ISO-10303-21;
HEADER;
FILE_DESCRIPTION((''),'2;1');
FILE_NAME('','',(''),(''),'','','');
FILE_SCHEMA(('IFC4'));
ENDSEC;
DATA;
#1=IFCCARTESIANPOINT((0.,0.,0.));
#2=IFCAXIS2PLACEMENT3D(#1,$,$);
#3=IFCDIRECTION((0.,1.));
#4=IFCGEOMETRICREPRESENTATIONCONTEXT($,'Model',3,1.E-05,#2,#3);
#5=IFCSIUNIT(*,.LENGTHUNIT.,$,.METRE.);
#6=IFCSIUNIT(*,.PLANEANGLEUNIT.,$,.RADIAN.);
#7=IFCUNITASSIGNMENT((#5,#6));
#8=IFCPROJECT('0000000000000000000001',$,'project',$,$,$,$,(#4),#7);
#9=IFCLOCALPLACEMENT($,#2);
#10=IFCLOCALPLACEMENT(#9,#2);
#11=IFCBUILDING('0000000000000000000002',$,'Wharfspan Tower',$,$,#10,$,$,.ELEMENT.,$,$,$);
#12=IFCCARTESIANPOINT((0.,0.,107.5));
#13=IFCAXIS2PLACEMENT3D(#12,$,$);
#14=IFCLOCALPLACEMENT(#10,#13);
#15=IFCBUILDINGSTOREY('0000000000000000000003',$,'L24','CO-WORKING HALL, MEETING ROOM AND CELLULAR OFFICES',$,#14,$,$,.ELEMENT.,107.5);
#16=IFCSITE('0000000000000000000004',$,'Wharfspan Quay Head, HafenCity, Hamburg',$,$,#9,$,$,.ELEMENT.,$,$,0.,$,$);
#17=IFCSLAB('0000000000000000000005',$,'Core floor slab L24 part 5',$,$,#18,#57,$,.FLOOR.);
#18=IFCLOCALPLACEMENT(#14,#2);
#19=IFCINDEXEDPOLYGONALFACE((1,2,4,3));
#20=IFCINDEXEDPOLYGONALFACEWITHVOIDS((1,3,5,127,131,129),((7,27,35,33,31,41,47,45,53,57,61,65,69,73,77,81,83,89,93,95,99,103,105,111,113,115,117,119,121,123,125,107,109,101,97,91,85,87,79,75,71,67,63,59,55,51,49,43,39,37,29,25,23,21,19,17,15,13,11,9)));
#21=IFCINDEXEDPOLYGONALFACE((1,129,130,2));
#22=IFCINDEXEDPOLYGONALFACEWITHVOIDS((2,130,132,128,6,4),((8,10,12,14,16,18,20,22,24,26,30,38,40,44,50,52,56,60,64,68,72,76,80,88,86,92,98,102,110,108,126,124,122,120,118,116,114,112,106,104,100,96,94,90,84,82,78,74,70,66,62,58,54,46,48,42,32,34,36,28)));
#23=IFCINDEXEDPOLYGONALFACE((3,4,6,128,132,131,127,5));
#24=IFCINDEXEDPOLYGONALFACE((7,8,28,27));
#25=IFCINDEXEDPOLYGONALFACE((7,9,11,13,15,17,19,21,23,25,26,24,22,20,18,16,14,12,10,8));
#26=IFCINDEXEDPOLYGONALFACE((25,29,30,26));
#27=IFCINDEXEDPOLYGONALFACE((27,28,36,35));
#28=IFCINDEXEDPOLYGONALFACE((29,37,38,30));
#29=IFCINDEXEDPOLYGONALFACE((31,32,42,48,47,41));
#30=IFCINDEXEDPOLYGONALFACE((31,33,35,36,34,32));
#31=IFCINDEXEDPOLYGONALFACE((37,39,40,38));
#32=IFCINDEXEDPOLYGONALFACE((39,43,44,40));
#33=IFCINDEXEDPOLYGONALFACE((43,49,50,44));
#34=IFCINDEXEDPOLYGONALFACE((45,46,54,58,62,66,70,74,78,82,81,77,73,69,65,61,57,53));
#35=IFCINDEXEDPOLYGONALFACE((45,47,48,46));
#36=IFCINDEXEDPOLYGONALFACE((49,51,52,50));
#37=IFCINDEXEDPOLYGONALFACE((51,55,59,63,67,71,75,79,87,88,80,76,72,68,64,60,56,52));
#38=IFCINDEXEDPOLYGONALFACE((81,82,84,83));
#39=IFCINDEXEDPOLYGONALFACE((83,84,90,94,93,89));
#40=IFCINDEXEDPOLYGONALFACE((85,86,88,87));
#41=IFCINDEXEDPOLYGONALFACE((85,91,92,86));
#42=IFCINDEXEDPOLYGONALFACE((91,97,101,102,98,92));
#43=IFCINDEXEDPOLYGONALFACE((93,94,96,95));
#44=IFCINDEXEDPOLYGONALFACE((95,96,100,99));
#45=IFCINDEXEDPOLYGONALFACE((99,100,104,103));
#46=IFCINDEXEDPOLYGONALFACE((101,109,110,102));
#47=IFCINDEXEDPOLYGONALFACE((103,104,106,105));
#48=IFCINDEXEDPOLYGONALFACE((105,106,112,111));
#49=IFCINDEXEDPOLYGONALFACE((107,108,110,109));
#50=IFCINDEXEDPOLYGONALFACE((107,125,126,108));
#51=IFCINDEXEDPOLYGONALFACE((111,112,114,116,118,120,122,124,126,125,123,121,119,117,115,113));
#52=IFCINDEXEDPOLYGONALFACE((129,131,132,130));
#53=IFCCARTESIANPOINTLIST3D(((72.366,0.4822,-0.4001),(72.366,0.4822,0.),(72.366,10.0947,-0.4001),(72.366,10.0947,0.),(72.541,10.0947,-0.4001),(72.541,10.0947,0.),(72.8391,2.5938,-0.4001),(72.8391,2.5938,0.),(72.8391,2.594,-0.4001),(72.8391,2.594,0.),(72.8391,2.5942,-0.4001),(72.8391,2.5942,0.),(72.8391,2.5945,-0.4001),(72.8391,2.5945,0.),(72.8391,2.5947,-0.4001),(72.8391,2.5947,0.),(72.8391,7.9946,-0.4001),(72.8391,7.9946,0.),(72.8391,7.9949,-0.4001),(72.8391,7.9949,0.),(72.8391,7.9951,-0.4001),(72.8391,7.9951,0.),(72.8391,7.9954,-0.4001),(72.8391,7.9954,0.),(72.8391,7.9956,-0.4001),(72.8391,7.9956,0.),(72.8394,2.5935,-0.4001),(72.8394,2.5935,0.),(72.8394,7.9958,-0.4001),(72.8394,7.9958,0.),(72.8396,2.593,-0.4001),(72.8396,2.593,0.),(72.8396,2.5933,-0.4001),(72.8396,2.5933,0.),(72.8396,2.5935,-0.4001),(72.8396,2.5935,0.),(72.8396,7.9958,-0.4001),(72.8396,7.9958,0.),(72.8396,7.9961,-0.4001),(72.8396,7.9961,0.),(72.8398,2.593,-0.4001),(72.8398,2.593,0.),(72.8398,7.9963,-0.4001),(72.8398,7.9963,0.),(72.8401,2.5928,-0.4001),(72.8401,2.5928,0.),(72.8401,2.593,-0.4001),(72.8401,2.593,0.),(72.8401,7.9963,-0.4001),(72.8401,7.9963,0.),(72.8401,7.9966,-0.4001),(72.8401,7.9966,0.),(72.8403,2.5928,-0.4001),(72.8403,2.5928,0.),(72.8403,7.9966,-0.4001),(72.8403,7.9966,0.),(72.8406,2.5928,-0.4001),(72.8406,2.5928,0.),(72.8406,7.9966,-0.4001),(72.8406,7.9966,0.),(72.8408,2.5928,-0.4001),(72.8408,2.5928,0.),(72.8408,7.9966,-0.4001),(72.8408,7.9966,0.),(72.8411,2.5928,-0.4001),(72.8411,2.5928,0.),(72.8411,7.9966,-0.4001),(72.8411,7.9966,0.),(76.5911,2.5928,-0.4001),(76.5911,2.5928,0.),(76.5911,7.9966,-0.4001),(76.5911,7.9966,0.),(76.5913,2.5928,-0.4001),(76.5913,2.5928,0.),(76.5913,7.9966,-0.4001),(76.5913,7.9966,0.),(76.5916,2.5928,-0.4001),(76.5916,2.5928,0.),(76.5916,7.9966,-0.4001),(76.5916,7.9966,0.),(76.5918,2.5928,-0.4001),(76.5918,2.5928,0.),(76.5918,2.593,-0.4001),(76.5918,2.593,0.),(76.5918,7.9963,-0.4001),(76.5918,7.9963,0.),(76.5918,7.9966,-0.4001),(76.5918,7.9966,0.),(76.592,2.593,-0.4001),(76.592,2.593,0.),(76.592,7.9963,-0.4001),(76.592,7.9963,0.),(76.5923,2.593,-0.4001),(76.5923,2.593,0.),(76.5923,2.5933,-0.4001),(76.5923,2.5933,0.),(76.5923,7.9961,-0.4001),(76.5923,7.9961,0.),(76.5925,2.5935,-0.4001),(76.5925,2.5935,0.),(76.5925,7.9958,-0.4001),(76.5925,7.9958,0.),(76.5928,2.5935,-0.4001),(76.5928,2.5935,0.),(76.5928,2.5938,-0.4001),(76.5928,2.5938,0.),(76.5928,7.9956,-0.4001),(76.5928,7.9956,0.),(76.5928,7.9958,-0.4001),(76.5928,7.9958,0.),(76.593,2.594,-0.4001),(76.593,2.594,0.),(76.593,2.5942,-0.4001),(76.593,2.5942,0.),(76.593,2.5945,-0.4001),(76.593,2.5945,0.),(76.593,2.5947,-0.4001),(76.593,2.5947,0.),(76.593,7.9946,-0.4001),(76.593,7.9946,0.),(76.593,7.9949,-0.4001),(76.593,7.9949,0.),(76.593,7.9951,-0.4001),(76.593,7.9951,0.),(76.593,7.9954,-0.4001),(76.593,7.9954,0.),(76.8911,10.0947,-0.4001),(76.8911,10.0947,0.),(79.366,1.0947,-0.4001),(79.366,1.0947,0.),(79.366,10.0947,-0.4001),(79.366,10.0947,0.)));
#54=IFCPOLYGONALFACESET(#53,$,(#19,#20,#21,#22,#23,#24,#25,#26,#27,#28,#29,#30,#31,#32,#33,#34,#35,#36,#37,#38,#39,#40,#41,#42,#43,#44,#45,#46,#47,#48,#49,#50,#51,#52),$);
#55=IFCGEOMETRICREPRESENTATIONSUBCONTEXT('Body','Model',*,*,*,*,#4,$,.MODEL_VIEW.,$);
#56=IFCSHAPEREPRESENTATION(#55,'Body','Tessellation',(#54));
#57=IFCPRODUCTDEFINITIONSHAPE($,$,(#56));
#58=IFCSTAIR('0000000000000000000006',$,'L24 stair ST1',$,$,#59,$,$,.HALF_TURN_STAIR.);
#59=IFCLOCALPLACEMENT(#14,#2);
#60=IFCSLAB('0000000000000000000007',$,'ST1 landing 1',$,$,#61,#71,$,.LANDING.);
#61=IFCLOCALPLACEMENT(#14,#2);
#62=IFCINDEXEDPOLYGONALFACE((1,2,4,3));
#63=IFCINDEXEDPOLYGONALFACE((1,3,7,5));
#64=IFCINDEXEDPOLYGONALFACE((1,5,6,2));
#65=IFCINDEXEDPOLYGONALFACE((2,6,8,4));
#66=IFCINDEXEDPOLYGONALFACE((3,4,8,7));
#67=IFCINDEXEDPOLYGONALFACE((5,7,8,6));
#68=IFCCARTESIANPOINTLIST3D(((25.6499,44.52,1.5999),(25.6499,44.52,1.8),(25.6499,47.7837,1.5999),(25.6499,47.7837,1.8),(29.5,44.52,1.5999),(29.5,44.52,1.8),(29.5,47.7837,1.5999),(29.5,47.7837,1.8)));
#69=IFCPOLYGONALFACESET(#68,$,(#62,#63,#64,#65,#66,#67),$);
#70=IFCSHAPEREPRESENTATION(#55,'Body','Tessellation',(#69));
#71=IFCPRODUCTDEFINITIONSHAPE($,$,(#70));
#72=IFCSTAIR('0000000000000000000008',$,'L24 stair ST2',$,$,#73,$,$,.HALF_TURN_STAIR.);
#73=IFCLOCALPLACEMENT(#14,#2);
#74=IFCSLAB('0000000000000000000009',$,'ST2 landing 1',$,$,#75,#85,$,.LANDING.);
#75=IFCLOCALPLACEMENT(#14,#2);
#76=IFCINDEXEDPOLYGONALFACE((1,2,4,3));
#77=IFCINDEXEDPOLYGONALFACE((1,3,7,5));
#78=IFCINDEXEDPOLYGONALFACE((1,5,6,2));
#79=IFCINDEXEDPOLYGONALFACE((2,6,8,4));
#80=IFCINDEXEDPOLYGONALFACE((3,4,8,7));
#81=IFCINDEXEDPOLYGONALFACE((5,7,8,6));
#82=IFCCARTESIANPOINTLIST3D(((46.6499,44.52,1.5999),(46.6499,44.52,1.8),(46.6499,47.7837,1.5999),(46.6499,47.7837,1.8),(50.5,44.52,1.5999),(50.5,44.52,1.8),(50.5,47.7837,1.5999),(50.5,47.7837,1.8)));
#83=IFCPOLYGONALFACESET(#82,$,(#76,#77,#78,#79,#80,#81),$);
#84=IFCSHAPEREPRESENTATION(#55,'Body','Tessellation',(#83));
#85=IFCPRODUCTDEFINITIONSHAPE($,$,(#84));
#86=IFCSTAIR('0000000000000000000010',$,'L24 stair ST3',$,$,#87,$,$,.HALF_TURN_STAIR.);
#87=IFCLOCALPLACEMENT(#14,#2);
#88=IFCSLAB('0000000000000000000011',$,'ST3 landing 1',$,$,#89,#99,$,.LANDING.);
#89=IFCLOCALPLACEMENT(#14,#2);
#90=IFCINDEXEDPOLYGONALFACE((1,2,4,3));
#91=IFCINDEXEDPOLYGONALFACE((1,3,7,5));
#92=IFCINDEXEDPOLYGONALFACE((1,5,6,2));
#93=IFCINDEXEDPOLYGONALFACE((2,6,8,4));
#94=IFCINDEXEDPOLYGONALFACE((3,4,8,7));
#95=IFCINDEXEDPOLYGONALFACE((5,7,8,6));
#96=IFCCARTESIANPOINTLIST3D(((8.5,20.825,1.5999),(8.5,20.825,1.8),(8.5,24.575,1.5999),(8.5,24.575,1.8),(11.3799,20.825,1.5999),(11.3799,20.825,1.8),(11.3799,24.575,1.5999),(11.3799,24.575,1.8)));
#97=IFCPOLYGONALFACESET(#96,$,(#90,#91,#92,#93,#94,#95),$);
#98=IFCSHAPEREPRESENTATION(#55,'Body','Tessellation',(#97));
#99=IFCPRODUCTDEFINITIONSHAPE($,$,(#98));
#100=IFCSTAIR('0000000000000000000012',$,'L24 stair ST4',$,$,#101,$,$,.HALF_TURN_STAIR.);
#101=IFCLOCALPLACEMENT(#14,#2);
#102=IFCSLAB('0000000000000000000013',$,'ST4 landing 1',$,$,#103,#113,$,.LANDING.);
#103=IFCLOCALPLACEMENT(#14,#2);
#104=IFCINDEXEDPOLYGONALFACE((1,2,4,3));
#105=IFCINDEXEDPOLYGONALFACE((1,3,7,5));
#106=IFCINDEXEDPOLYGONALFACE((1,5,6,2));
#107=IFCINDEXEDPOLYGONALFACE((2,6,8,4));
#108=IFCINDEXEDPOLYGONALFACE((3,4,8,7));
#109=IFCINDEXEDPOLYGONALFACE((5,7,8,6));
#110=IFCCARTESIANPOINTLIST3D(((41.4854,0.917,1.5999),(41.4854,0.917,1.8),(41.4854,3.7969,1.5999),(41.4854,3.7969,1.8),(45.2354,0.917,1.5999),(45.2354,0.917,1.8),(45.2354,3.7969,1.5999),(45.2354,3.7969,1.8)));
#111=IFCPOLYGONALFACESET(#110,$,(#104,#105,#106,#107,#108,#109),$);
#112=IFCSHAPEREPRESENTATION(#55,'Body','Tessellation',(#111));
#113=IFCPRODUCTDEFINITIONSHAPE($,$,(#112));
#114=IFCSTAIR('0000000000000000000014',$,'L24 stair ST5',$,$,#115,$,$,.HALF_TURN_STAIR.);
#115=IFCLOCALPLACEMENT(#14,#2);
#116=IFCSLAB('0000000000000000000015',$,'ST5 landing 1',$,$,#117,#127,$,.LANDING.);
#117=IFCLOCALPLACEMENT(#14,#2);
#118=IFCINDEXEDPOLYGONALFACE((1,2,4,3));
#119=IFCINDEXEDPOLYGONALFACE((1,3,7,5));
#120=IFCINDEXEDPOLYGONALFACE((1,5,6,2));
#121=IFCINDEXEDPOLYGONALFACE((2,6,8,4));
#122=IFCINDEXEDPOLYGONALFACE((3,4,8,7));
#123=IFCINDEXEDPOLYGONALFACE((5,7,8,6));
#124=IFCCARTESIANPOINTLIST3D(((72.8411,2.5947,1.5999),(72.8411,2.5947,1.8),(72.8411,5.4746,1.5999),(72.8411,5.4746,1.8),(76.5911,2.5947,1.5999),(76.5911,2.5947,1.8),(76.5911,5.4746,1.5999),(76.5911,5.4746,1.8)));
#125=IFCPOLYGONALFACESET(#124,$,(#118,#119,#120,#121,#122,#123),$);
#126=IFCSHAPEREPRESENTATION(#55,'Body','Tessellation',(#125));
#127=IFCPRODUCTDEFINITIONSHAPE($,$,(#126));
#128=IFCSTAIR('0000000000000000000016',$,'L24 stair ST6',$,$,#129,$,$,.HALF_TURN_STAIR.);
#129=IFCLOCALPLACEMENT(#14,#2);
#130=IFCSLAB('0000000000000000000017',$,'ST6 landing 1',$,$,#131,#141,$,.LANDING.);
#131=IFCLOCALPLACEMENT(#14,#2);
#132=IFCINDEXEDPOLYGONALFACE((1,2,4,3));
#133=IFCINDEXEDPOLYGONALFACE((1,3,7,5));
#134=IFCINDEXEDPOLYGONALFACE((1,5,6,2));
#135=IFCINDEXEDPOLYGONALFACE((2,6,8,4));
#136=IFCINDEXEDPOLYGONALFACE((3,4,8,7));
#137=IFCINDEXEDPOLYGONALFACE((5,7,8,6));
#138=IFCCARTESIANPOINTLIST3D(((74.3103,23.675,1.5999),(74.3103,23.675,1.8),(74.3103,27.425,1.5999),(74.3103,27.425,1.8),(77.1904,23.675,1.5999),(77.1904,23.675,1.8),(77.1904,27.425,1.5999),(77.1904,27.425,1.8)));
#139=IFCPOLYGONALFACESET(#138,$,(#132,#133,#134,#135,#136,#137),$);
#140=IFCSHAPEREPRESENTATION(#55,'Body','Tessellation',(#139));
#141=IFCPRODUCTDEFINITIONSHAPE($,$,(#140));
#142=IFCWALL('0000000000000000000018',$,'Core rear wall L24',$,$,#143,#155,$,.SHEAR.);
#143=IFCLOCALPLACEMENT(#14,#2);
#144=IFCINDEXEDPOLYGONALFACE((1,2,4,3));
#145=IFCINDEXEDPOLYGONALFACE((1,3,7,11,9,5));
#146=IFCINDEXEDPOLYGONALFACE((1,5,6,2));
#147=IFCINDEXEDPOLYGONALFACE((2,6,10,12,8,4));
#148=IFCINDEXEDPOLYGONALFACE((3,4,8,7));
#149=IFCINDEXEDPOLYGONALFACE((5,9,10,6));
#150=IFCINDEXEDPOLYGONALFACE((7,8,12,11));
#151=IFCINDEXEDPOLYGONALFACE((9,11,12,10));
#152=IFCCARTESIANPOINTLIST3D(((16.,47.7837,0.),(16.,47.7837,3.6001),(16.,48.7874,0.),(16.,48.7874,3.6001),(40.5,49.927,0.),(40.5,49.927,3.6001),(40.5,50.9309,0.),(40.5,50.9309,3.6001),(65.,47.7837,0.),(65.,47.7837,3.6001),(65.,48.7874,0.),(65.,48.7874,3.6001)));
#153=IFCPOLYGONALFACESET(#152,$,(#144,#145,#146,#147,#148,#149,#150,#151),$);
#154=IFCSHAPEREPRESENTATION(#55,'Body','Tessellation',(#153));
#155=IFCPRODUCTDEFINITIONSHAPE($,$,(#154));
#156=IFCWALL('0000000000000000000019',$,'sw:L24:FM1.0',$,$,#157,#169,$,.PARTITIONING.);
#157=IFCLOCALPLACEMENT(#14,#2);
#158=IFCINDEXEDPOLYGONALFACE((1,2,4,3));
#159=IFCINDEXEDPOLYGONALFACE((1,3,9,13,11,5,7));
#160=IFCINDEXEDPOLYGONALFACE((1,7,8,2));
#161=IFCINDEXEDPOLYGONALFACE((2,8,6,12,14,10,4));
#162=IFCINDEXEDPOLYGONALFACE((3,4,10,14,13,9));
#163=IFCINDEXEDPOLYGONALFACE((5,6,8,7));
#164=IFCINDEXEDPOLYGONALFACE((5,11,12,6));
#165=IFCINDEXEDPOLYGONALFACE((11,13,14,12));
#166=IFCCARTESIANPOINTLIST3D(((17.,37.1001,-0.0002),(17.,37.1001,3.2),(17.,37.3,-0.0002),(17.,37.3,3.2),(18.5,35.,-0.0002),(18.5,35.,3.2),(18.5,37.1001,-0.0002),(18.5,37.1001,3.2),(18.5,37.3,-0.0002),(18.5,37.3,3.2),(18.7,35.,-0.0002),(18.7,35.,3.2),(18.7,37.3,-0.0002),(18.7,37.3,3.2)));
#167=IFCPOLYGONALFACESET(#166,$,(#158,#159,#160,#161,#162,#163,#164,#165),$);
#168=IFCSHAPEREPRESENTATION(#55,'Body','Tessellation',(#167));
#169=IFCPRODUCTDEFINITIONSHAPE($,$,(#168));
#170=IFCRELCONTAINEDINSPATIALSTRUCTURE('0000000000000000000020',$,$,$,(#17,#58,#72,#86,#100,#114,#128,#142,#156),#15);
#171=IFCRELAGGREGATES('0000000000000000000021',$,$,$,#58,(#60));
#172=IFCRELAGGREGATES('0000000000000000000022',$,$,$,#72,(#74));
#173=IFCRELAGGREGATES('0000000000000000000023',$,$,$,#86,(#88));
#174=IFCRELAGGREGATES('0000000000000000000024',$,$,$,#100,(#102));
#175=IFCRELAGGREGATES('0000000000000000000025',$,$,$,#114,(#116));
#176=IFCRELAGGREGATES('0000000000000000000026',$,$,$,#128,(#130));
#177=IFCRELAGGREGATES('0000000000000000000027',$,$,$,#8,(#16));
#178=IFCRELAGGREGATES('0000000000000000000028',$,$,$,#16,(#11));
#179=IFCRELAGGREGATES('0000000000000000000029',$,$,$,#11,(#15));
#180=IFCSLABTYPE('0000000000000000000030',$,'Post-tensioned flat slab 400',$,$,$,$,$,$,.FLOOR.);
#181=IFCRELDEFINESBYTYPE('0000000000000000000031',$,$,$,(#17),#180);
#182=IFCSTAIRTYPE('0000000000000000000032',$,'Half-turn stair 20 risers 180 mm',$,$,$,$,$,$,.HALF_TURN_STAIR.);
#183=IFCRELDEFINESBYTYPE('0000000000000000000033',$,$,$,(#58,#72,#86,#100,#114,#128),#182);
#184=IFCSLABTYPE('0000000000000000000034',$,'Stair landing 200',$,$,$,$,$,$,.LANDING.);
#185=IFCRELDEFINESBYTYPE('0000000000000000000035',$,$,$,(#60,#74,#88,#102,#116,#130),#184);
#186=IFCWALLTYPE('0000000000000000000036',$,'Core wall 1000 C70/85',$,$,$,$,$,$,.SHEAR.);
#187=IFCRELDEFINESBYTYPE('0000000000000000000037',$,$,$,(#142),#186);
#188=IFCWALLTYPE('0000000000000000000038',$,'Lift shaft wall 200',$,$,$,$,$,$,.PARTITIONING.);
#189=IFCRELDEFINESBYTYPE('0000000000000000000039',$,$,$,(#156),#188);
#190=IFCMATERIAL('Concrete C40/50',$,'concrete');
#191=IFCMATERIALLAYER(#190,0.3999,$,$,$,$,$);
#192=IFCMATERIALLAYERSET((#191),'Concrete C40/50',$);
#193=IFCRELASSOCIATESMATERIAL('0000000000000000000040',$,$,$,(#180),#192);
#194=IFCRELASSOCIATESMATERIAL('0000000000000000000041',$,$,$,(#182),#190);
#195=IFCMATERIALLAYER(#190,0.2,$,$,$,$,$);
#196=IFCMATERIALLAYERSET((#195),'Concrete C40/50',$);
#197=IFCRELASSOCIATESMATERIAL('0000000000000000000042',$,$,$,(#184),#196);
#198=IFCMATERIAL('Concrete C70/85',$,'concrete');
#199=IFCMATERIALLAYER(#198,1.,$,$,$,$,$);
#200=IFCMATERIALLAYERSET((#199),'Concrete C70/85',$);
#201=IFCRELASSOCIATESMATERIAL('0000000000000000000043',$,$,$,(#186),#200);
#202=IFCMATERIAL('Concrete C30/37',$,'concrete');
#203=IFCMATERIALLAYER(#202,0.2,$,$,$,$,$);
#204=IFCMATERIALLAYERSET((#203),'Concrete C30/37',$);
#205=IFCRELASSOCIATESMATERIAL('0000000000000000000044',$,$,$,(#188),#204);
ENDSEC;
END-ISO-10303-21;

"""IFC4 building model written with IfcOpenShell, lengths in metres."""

from ifc_helpers import new_model, si_unit, direction, frame, origin, place, context, subcontext, project, spatial, polyline, outline, extrude, material, layer, layer_set, type_object, element, aggregate, save


model = new_model("IFC4")

# Units and contexts
model_context = context("Model", 3, precision=1e-05, world=origin(), true_north=direction((0.0, 1.0)))
body_context = subcontext(model_context, "Body", "Model", "MODEL_VIEW")
ifc_project = project(units=[si_unit("LENGTHUNIT", "METRE"), si_unit("PLANEANGLEUNIT", "RADIAN")], contexts=[model_context])

# Site, building, storey
site_placement = place(None, origin())
site = spatial("IfcSite", under=ifc_project, at=site_placement, Name="Wharfspan Quay Head, HafenCity, Hamburg", CompositionType="ELEMENT", RefElevation=0.0)
building_placement = place(site_placement, origin())
building = spatial("IfcBuilding", under=site, at=building_placement, Name="Wharfspan Tower", CompositionType="ELEMENT")
storey_placement = place(building_placement, frame((0.0, 0.0, 107.5)))
storey = spatial("IfcBuildingStorey", under=building, at=storey_placement, Name="L24", Description="CO-WORKING HALL, MEETING ROOM AND CELLULAR OFFICES", CompositionType="ELEMENT", Elevation=107.5)

# Slab
ifc_material_1 = material(Name="Concrete C40/50", Category="concrete")
ifc_layer_1 = layer(ifc_material_1, 0.3999)
ifc_layer_set_1 = layer_set([ifc_layer_1], Name="Concrete C40/50")
slab_type_1 = type_object("IfcSlabType", Name="Post-tensioned flat slab 400", PredefinedType="FLOOR", material=ifc_layer_set_1)
slab_1_placement = place(storey_placement, frame((0.0, 0.0, -0.4001)))
element("IfcSlab", 1, at=slab_1_placement, inside=storey, type_object=slab_type_1, Name="Core floor slab L24 part 5", PredefinedType="FLOOR", context=body_context, shape_type="SweptSolid", body=[
    extrude(outline(polyline([(79.366, 10.0947), (76.8911, 10.0947), (72.541, 10.0947), (72.366, 10.0947), (72.366, 0.4822), (79.366, 1.0947), (79.366, 10.0947)]), holes=[polyline([(76.5911, 7.9966), (76.5913, 7.9966), (76.5913, 7.9966), (76.5916, 7.9966), (76.5918, 7.9966), (76.5918, 7.9963), (76.592, 7.9963), (76.5923, 7.9961), (76.5923, 7.9961), (76.5925, 7.9958), (76.5928, 7.9958), (76.5928, 7.9956), (76.593, 7.9954), (76.593, 7.9951), (76.593, 7.9951), (76.593, 7.9949), (76.593, 7.9946), (76.593, 2.5947), (76.593, 2.5945), (76.593, 2.5942), (76.593, 2.594), (76.593, 2.594), (76.5928, 2.5938), (76.5928, 2.5935), (76.5925, 2.5935), (76.5923, 2.5933), (76.5923, 2.593), (76.592, 2.593), (76.5918, 2.593), (76.5918, 2.5928), (76.5916, 2.5928), (76.5913, 2.5928), (76.5913, 2.5928), (76.5911, 2.5928), (72.8411, 2.5928), (72.8408, 2.5928), (72.8406, 2.5928), (72.8403, 2.5928), (72.8401, 2.5928), (72.8401, 2.593), (72.8398, 2.593), (72.8396, 2.593), (72.8396, 2.5933), (72.8396, 2.5935), (72.8394, 2.5935), (72.8391, 2.5938), (72.8391, 2.594), (72.8391, 2.594), (72.8391, 2.5942), (72.8391, 2.5945), (72.8391, 2.5947), (72.8391, 7.9946), (72.8391, 7.9949), (72.8391, 7.9951), (72.8391, 7.9951), (72.8391, 7.9954), (72.8391, 7.9956), (72.8394, 7.9958), (72.8396, 7.9958), (72.8396, 7.9961), (72.8396, 7.9961), (72.8398, 7.9963), (72.8401, 7.9963), (72.8401, 7.9966), (72.8403, 7.9966), (72.8406, 7.9966), (72.8408, 7.9966), (72.8411, 7.9966), (76.5911, 7.9966)])]), origin(), (0.0, 0.0, 1.0), 0.4001),
])

# Stairs, slabs
stair_type = type_object("IfcStairType", Name="Half-turn stair 20 risers 180 mm", PredefinedType="HALF_TURN_STAIR", material=ifc_material_1)
stair_1_placement = place(storey_placement, origin())
stair_1 = element("IfcStair", 2, at=stair_1_placement, inside=storey, type_object=stair_type, Name="L24 stair ST1", PredefinedType="HALF_TURN_STAIR")
ifc_layer_2 = layer(ifc_material_1, 0.2)
ifc_layer_set_2 = layer_set([ifc_layer_2], Name="Concrete C40/50")
slab_type_2 = type_object("IfcSlabType", Name="Stair landing 200", PredefinedType="LANDING", material=ifc_layer_set_2)
slab_2_placement = place(storey_placement, frame((0.0, 0.0, 1.5999)))
slab_2 = element("IfcSlab", 3, at=slab_2_placement, type_object=slab_type_2, Name="ST1 landing 1", PredefinedType="LANDING", context=body_context, shape_type="SweptSolid", body=[
    extrude(outline(polyline([(25.6499, 44.52), (29.5, 44.52), (29.5, 47.7837), (25.6499, 47.7837), (25.6499, 44.52)])), origin(), (0.0, 0.0, 1.0), 0.2002),
])
aggregate(stair_1, [slab_2])
stair_2_placement = place(storey_placement, origin())
stair_2 = element("IfcStair", 4, at=stair_2_placement, inside=storey, type_object=stair_type, Name="L24 stair ST2", PredefinedType="HALF_TURN_STAIR")
slab_3_placement = place(storey_placement, frame((0.0, 0.0, 1.5999)))
slab_3 = element("IfcSlab", 5, at=slab_3_placement, type_object=slab_type_2, Name="ST2 landing 1", PredefinedType="LANDING", context=body_context, shape_type="SweptSolid", body=[
    extrude(outline(polyline([(46.6499, 44.52), (50.5, 44.52), (50.5, 47.7837), (46.6499, 47.7837), (46.6499, 44.52)])), origin(), (0.0, 0.0, 1.0), 0.2002),
])
aggregate(stair_2, [slab_3])
stair_3_placement = place(storey_placement, origin())
stair_3 = element("IfcStair", 6, at=stair_3_placement, inside=storey, type_object=stair_type, Name="L24 stair ST3", PredefinedType="HALF_TURN_STAIR")
slab_4_placement = place(storey_placement, frame((0.0, 0.0, 1.5999)))
slab_4 = element("IfcSlab", 7, at=slab_4_placement, type_object=slab_type_2, Name="ST3 landing 1", PredefinedType="LANDING", context=body_context, shape_type="SweptSolid", body=[
    extrude(outline(polyline([(11.3799, 24.575), (8.5, 24.575), (8.5, 20.825), (11.3799, 20.825), (11.3799, 24.575)])), origin(), (0.0, 0.0, 1.0), 0.2002),
])
aggregate(stair_3, [slab_4])
stair_4_placement = place(storey_placement, origin())
stair_4 = element("IfcStair", 8, at=stair_4_placement, inside=storey, type_object=stair_type, Name="L24 stair ST4", PredefinedType="HALF_TURN_STAIR")
slab_5_placement = place(storey_placement, frame((0.0, 0.0, 1.5999)))
slab_5 = element("IfcSlab", 9, at=slab_5_placement, type_object=slab_type_2, Name="ST4 landing 1", PredefinedType="LANDING", context=body_context, shape_type="SweptSolid", body=[
    extrude(outline(polyline([(41.4854, 3.7969), (41.4854, 0.917), (45.2354, 0.917), (45.2354, 3.7969), (41.4854, 3.7969)])), origin(), (0.0, 0.0, 1.0), 0.2002),
])
aggregate(stair_4, [slab_5])
stair_5_placement = place(storey_placement, origin())
stair_5 = element("IfcStair", 10, at=stair_5_placement, inside=storey, type_object=stair_type, Name="L24 stair ST5", PredefinedType="HALF_TURN_STAIR")
slab_6_placement = place(storey_placement, frame((0.0, 0.0, 1.5999)))
slab_6 = element("IfcSlab", 11, at=slab_6_placement, type_object=slab_type_2, Name="ST5 landing 1", PredefinedType="LANDING", context=body_context, shape_type="SweptSolid", body=[
    extrude(outline(polyline([(72.8411, 5.4746), (72.8411, 2.5947), (76.5911, 2.5947), (76.5911, 5.4746), (72.8411, 5.4746)])), origin(), (0.0, 0.0, 1.0), 0.2002),
])
aggregate(stair_5, [slab_6])
stair_6_placement = place(storey_placement, origin())
stair_6 = element("IfcStair", 12, at=stair_6_placement, inside=storey, type_object=stair_type, Name="L24 stair ST6", PredefinedType="HALF_TURN_STAIR")
slab_7_placement = place(storey_placement, frame((0.0, 0.0, 1.5999)))
slab_7 = element("IfcSlab", 13, at=slab_7_placement, type_object=slab_type_2, Name="ST6 landing 1", PredefinedType="LANDING", context=body_context, shape_type="SweptSolid", body=[
    extrude(outline(polyline([(74.3103, 23.675), (77.1904, 23.675), (77.1904, 27.425), (74.3103, 27.425), (74.3103, 23.675)])), origin(), (0.0, 0.0, 1.0), 0.2002),
])
aggregate(stair_6, [slab_7])

# Walls
ifc_material_2 = material(Name="Concrete C70/85", Category="concrete")
ifc_layer_3 = layer(ifc_material_2, 1.0)
ifc_layer_set_3 = layer_set([ifc_layer_3], Name="Concrete C70/85")
wall_type_1 = type_object("IfcWallType", Name="Core wall 1000 C70/85", PredefinedType="SHEAR", material=ifc_layer_set_3)
wall_1_placement = place(storey_placement, origin())
element("IfcWall", 14, at=wall_1_placement, inside=storey, type_object=wall_type_1, Name="Core rear wall L24", PredefinedType="SHEAR", context=body_context, shape_type="SweptSolid", body=[
    extrude(outline(polyline([(16.0, 47.7837), (40.5, 49.927), (65.0, 47.7837), (65.0, 48.7874), (40.5, 50.9309), (16.0, 48.7874), (16.0, 47.7837)])), origin(), (0.0, 0.0, 1.0), 3.6001),
])
ifc_material_3 = material(Name="Concrete C30/37", Category="concrete")
ifc_layer_4 = layer(ifc_material_3, 0.2)
ifc_layer_set_4 = layer_set([ifc_layer_4], Name="Concrete C30/37")
wall_type_2 = type_object("IfcWallType", Name="Lift shaft wall 200", PredefinedType="PARTITIONING", material=ifc_layer_set_4)
wall_2_placement = place(storey_placement, frame((0.0, 0.0, -0.0002)))
element("IfcWall", 15, at=wall_2_placement, inside=storey, type_object=wall_type_2, Name="sw:L24:FM1.0", PredefinedType="PARTITIONING", context=body_context, shape_type="SweptSolid", body=[
    extrude(outline(polyline([(18.5, 37.1001), (17.0, 37.1001), (17.0, 37.3), (18.5, 37.3), (18.7, 37.3), (18.7, 35.0), (18.5, 35.0), (18.5, 37.1001)])), origin(), (0.0, 0.0, 1.0), 3.2002),
])

save(model, "model.ifc")
